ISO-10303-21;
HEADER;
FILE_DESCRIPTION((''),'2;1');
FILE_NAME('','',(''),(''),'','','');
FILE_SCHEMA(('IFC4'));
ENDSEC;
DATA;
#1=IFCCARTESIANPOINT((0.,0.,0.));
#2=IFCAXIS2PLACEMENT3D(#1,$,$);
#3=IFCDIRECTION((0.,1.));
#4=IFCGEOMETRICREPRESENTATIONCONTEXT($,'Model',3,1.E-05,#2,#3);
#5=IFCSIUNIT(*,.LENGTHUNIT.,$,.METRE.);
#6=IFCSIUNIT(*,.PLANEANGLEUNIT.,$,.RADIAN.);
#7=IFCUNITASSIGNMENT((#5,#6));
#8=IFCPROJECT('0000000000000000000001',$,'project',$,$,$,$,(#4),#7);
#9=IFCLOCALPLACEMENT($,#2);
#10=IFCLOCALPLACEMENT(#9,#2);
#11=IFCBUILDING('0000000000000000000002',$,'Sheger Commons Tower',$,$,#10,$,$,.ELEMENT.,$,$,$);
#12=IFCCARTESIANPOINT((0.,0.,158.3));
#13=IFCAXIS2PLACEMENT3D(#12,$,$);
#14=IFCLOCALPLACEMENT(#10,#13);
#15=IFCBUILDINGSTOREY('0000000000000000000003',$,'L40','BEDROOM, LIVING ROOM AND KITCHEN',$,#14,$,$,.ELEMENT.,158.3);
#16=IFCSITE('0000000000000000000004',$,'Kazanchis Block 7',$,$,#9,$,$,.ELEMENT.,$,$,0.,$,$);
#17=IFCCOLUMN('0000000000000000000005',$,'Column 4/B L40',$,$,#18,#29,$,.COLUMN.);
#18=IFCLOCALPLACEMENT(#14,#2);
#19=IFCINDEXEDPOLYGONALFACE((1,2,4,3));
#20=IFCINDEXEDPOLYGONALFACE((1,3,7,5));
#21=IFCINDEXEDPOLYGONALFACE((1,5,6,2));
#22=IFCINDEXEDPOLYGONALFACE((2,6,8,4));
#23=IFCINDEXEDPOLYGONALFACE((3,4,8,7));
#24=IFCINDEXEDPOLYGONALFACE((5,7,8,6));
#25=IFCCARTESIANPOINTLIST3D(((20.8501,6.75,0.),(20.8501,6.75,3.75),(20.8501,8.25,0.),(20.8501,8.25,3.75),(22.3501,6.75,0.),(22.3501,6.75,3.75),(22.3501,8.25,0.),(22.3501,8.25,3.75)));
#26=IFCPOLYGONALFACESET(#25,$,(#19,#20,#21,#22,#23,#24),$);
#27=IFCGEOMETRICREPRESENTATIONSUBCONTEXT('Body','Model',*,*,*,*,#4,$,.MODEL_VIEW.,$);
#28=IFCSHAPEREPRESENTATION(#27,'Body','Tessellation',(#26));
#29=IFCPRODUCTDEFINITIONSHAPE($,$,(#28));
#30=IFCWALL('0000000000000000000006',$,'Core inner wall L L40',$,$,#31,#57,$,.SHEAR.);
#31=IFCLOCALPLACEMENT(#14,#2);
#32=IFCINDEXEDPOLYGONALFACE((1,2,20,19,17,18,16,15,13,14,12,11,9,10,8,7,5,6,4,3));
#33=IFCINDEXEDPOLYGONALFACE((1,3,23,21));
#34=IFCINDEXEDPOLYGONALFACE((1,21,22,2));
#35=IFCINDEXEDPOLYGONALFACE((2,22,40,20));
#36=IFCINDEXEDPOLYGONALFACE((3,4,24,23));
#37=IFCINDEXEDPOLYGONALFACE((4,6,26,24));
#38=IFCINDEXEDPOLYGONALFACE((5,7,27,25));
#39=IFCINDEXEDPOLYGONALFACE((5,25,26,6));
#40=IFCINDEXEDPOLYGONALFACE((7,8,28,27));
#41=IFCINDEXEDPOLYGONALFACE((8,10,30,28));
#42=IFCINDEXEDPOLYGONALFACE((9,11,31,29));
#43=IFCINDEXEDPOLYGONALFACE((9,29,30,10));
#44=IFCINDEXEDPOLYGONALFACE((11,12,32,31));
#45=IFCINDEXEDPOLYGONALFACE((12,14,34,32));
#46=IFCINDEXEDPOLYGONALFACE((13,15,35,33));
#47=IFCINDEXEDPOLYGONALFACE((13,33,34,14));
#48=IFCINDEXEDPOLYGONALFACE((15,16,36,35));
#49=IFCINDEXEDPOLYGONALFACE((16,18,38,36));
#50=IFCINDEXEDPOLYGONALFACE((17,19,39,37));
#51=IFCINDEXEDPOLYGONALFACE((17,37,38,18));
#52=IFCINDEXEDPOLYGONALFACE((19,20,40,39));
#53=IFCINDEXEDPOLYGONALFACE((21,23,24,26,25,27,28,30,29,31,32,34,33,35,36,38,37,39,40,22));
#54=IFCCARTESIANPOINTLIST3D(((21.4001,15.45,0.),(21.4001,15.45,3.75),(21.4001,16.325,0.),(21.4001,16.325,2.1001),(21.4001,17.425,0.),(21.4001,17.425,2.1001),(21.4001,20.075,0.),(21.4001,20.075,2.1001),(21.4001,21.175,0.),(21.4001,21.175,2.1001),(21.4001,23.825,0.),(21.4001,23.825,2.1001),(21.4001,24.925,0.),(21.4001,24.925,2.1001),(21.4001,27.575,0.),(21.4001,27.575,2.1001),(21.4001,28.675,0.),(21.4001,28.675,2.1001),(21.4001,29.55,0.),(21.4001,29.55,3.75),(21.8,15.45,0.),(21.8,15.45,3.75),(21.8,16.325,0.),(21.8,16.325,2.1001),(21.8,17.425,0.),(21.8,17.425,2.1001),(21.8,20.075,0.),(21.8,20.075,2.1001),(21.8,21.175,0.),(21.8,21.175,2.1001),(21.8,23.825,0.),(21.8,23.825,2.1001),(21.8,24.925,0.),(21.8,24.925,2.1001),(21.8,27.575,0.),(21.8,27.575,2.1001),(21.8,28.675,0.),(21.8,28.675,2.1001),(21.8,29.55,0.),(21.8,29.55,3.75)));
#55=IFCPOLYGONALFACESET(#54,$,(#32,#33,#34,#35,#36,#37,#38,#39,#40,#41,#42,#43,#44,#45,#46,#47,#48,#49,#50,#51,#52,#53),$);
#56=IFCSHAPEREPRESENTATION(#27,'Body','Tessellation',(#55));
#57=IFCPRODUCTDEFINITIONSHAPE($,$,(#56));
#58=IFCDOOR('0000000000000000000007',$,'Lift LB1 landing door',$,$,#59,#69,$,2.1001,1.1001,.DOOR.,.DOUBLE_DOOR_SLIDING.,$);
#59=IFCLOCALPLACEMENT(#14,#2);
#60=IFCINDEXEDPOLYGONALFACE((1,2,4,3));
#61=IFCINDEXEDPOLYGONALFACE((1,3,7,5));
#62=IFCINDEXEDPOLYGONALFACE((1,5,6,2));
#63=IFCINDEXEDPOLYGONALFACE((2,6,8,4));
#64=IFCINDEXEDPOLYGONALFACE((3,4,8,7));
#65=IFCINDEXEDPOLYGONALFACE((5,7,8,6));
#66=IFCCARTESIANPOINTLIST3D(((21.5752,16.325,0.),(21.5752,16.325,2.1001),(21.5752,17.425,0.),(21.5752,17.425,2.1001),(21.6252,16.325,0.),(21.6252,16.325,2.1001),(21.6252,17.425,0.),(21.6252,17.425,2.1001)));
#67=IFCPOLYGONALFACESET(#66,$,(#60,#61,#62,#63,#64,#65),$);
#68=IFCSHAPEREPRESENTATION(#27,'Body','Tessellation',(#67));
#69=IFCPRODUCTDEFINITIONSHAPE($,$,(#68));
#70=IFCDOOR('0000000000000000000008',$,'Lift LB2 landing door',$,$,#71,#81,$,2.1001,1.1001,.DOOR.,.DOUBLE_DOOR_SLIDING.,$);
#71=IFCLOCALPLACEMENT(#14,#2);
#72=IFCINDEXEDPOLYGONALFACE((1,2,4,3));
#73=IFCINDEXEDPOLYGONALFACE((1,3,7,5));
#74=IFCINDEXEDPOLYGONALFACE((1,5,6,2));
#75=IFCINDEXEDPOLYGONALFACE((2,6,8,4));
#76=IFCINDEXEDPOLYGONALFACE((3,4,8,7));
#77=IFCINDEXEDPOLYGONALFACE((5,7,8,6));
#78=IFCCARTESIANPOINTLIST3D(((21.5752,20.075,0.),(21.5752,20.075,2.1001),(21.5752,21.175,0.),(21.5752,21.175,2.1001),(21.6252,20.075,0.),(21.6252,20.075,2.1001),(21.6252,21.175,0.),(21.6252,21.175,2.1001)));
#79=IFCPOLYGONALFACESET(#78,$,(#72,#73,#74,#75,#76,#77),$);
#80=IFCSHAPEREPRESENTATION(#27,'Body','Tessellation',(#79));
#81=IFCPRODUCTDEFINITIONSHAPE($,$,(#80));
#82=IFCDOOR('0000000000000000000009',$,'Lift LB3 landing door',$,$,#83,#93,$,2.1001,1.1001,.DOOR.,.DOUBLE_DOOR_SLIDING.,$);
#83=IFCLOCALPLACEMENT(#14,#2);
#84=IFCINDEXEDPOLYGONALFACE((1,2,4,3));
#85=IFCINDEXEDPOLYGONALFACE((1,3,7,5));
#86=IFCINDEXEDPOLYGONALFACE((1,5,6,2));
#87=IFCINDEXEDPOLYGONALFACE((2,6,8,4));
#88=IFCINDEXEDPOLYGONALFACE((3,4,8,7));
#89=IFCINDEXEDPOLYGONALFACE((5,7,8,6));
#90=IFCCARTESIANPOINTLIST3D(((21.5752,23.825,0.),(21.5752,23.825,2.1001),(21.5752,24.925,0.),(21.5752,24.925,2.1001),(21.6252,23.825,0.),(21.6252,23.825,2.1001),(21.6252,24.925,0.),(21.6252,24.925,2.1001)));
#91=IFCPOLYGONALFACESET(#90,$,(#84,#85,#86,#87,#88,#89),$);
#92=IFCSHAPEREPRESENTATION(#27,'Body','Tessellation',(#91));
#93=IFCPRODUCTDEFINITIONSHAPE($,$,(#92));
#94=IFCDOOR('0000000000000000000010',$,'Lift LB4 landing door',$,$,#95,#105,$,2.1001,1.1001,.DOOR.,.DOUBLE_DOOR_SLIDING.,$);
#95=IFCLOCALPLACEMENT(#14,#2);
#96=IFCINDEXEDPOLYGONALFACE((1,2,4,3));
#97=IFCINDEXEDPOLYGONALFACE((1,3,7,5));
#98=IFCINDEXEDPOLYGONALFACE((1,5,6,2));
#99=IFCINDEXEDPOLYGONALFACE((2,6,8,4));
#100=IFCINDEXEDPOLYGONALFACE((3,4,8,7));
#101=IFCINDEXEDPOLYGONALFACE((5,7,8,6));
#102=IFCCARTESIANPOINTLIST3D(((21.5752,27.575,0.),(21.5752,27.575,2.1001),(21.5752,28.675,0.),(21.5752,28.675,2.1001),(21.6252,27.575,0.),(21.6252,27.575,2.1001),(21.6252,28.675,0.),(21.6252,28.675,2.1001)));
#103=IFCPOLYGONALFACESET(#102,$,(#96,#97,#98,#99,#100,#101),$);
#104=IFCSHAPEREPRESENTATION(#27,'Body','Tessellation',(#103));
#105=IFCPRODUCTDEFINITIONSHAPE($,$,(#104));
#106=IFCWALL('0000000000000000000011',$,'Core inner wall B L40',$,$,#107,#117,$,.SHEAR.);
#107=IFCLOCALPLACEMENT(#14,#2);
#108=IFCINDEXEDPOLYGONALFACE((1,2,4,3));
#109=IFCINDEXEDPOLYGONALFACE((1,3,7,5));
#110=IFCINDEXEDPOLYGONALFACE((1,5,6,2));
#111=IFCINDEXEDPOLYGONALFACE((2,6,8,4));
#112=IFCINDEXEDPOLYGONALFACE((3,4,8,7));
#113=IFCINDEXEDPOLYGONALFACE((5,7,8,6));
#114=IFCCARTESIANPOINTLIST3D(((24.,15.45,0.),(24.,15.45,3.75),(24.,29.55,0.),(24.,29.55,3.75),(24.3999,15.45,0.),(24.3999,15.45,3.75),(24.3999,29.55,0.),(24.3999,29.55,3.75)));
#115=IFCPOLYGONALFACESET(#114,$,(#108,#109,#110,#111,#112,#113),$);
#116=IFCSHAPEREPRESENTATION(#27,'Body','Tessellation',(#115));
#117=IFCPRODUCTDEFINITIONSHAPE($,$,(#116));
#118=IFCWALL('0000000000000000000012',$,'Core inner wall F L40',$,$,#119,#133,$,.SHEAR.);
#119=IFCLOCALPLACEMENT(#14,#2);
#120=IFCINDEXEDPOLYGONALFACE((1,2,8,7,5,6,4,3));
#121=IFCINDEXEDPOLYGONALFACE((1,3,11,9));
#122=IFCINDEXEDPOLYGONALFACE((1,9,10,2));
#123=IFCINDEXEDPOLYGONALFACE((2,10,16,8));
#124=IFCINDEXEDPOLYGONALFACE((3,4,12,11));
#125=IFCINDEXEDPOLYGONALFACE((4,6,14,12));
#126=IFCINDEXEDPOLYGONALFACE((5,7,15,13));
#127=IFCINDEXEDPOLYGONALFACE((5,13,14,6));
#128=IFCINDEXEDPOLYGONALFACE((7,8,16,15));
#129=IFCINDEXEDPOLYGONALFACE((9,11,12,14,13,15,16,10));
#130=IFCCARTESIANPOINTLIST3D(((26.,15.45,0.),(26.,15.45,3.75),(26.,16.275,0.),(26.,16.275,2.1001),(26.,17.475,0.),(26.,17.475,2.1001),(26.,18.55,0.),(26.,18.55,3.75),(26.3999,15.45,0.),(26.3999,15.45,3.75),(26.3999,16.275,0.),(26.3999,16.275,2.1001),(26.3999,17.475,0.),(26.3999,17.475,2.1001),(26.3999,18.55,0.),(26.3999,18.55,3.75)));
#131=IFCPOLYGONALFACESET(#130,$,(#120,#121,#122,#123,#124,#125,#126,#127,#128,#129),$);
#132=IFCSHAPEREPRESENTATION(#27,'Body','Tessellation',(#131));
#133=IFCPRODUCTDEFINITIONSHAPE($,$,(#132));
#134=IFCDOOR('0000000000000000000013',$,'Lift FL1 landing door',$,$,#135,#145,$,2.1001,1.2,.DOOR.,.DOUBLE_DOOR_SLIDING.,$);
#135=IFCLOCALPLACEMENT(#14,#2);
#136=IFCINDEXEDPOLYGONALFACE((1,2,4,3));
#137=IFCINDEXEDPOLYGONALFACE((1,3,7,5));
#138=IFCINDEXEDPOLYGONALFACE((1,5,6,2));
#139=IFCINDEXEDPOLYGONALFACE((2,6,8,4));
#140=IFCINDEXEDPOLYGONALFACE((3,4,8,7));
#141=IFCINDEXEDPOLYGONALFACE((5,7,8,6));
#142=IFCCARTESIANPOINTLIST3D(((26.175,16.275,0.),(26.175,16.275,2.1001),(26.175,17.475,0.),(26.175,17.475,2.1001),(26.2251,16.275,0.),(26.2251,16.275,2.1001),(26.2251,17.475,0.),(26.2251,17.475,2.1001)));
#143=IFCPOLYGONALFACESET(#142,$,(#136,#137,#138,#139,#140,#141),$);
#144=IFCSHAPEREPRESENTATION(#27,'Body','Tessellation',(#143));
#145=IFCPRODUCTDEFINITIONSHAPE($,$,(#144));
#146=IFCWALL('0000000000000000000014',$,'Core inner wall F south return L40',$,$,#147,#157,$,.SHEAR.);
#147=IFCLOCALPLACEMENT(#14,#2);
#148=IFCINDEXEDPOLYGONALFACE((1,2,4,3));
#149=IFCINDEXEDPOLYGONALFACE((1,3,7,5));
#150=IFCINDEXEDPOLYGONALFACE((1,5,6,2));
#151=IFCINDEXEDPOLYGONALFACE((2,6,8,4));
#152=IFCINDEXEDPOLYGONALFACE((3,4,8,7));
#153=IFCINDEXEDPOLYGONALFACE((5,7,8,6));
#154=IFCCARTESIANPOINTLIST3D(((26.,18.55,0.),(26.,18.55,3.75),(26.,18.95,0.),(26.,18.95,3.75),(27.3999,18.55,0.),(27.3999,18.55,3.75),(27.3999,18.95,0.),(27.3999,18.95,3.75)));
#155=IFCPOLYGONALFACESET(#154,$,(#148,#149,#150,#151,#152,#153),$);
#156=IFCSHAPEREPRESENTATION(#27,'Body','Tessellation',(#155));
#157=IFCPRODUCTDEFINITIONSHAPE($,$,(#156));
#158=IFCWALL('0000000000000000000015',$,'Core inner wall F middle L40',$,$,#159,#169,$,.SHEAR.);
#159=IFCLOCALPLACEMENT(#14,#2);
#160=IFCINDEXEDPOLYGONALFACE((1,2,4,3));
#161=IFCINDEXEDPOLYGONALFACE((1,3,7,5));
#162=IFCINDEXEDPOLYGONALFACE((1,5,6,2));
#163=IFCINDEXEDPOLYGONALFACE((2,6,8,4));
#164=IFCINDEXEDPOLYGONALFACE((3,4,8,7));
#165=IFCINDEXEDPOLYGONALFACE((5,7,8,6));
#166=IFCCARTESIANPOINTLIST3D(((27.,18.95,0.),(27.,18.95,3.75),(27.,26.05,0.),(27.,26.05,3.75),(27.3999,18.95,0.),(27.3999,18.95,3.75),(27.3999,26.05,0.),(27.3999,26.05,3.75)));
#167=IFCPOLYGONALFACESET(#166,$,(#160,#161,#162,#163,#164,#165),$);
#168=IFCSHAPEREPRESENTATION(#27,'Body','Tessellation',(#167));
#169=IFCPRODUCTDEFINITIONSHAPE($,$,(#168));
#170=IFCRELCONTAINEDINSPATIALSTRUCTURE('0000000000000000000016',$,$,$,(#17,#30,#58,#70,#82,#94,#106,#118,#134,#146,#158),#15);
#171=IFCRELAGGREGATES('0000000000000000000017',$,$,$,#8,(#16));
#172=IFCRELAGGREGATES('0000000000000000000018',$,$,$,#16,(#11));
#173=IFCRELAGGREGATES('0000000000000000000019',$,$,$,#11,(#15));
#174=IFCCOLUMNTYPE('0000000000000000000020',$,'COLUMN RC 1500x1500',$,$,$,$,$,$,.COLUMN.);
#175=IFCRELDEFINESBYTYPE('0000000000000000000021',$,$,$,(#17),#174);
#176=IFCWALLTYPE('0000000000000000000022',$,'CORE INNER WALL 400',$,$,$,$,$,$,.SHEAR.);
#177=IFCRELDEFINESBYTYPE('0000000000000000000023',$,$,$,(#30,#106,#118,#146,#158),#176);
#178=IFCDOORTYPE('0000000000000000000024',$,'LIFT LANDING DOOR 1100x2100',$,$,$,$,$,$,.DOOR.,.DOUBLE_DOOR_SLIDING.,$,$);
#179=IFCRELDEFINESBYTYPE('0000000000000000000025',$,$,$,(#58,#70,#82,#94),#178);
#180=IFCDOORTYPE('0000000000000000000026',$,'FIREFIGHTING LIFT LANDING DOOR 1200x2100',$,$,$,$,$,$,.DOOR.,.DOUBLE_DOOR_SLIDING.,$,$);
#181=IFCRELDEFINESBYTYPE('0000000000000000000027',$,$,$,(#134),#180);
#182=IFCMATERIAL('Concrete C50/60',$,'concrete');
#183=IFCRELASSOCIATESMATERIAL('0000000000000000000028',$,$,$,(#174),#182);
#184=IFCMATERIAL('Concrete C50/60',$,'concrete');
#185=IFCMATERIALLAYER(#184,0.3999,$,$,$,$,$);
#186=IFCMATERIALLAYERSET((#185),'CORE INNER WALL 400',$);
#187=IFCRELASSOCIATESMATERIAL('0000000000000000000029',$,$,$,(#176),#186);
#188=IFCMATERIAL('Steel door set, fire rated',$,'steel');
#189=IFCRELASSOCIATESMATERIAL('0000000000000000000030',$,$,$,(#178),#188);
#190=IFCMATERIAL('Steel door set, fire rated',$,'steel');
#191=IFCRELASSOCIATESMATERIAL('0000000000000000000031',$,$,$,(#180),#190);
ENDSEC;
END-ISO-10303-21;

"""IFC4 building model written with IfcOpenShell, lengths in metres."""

from ifc_helpers import new_model, si_unit, direction, frame, frame_2d, origin, origin_2d, place, context, subcontext, project, spatial, rectangle, extrude, material, layer, layer_set, material_profile, profile_set, type_object, element, fill, save


model = new_model("IFC4")

# Units and contexts
model_context = context("Model", 3, precision=1e-05, world=origin(), true_north=direction((0.0, 1.0)))
body_context = subcontext(model_context, "Body", "Model", "MODEL_VIEW")
ifc_project = project(units=[si_unit("LENGTHUNIT", "METRE"), si_unit("PLANEANGLEUNIT", "RADIAN")], contexts=[model_context])

# Site, building, storey
site_placement = place(None, origin())
site = spatial("IfcSite", under=ifc_project, at=site_placement, Name="Kazanchis Block 7", CompositionType="ELEMENT", RefElevation=0.0)
building_placement = place(site_placement, origin())
building = spatial("IfcBuilding", under=site, at=building_placement, Name="Sheger Commons Tower", CompositionType="ELEMENT")
storey_placement = place(building_placement, frame((0.0, 0.0, 158.3)))
storey = spatial("IfcBuildingStorey", under=building, at=storey_placement, Name="L40", Description="BEDROOM, LIVING ROOM AND KITCHEN", CompositionType="ELEMENT", Elevation=158.3)

# Column
ifc_material_1 = material(Name="Concrete C50/60", Category="concrete")
ifc_material_profile = material_profile(ifc_material_1, rectangle(XDim=1.5, YDim=1.5, at=origin_2d()), Name="RC 1500x1500")
ifc_profile_set = profile_set([ifc_material_profile], Name="Concrete C50/60")
column_type = type_object("IfcColumnType", Name="COLUMN RC 1500x1500", PredefinedType="COLUMN", material=ifc_profile_set)
column_placement = place(storey_placement, frame((21.6001, 7.5, 0.0), z_axis=(0.0, 0.0, 1.0), x_axis=(1.0, 0.0, 0.0)))
element("IfcColumn", 1, at=column_placement, inside=storey, type_object=column_type, Name="Column 4/B L40", PredefinedType="COLUMN", context=body_context, shape_type="SweptSolid", body=[
    extrude(rectangle(XDim=1.5, YDim=1.5, at=origin_2d()), origin(), (0.0, 0.0, 1.0), 3.75),
])

# Wall, openings, doors
ifc_material_2 = material(Name="Concrete C50/60", Category="concrete")
ifc_layer_1 = layer(ifc_material_2, 0.3999)
ifc_layer_set_1 = layer_set([ifc_layer_1], Name="CORE INNER WALL 400")
wall_type_1 = type_object("IfcWallType", Name="CORE INNER WALL 400", PredefinedType="SHEAR", material=ifc_layer_set_1)
wall_1_placement = place(storey_placement, frame((21.6001, 15.45, 0.0), z_axis=(0.0, 0.0, 1.0), x_axis=(0.0, 1.0, 0.0)))
wall_1 = element("IfcWall", 2, at=wall_1_placement, inside=storey, type_object=wall_type_1, Name="Core inner wall L L40", PredefinedType="SHEAR", context=body_context, shape_type="SweptSolid", body=[
    extrude(rectangle(XDim=14.1001, YDim=0.3999, at=frame_2d((7.05, 0.0))), origin(), (0.0, 0.0, 1.0), 3.75),
])
opening_1_placement = place(wall_1_placement, frame((0.875, 0.0, 0.0)))
opening_1 = element("IfcOpeningElement", 3, at=opening_1_placement, cuts=wall_1, PredefinedType="OPENING", context=body_context, shape_type="SweptSolid", body=[
    extrude(rectangle(XDim=1.1001, YDim=2.1001, at=frame_2d((0.55, 1.05))), frame((0.0, 0.21, 0.0), z_axis=(0.0, -1.0, 0.0), x_axis=(1.0, 0.0, 0.0)), (0.0, 0.0, 1.0), 0.4199),
])
opening_2_placement = place(wall_1_placement, frame((4.625, 0.0, 0.0)))
opening_2 = element("IfcOpeningElement", 4, at=opening_2_placement, cuts=wall_1, PredefinedType="OPENING", context=body_context, shape_type="SweptSolid", body=[
    extrude(rectangle(XDim=1.1001, YDim=2.1001, at=frame_2d((0.55, 1.05))), frame((0.0, 0.21, 0.0), z_axis=(0.0, -1.0, 0.0), x_axis=(1.0, 0.0, 0.0)), (0.0, 0.0, 1.0), 0.4199),
])
opening_3_placement = place(wall_1_placement, frame((8.375, 0.0, 0.0)))
opening_3 = element("IfcOpeningElement", 5, at=opening_3_placement, cuts=wall_1, PredefinedType="OPENING", context=body_context, shape_type="SweptSolid", body=[
    extrude(rectangle(XDim=1.1001, YDim=2.1001, at=frame_2d((0.55, 1.05))), frame((0.0, 0.21, 0.0), z_axis=(0.0, -1.0, 0.0), x_axis=(1.0, 0.0, 0.0)), (0.0, 0.0, 1.0), 0.4199),
])
opening_4_placement = place(wall_1_placement, frame((12.125, 0.0, 0.0)))
opening_4 = element("IfcOpeningElement", 6, at=opening_4_placement, cuts=wall_1, PredefinedType="OPENING", context=body_context, shape_type="SweptSolid", body=[
    extrude(rectangle(XDim=1.1001, YDim=2.1001, at=frame_2d((0.55, 1.05))), frame((0.0, 0.21, 0.0), z_axis=(0.0, -1.0, 0.0), x_axis=(1.0, 0.0, 0.0)), (0.0, 0.0, 1.0), 0.4199),
])
ifc_material_3 = material(Name="Steel door set, fire rated", Category="steel")
door_type_1 = type_object("IfcDoorType", Name="LIFT LANDING DOOR 1100x2100", OperationType="DOUBLE_DOOR_SLIDING", PredefinedType="DOOR", material=ifc_material_3)
door_1_placement = place(opening_1_placement, origin())
door_1 = element("IfcDoor", 7, at=door_1_placement, inside=storey, type_object=door_type_1, Name="Lift LB1 landing door", OperationType="DOUBLE_DOOR_SLIDING", OverallHeight=2.1001, OverallWidth=1.1001, PredefinedType="DOOR", context=body_context, shape_type="SweptSolid", body=[
    extrude(rectangle(XDim=1.1001, YDim=2.1001, at=frame_2d((0.55, 1.05))), frame((0.0, 0.0249, 0.0), z_axis=(0.0, -1.0, 0.0), x_axis=(1.0, 0.0, 0.0)), (0.0, 0.0, 1.0), 0.05),
])
fill(opening_1, door_1)
door_2_placement = place(opening_2_placement, origin())
door_2 = element("IfcDoor", 8, at=door_2_placement, inside=storey, type_object=door_type_1, Name="Lift LB2 landing door", OperationType="DOUBLE_DOOR_SLIDING", OverallHeight=2.1001, OverallWidth=1.1001, PredefinedType="DOOR", context=body_context, shape_type="SweptSolid", body=[
    extrude(rectangle(XDim=1.1001, YDim=2.1001, at=frame_2d((0.55, 1.05))), frame((0.0, 0.0249, 0.0), z_axis=(0.0, -1.0, 0.0), x_axis=(1.0, 0.0, 0.0)), (0.0, 0.0, 1.0), 0.05),
])
fill(opening_2, door_2)
door_3_placement = place(opening_3_placement, origin())
door_3 = element("IfcDoor", 9, at=door_3_placement, inside=storey, type_object=door_type_1, Name="Lift LB3 landing door", OperationType="DOUBLE_DOOR_SLIDING", OverallHeight=2.1001, OverallWidth=1.1001, PredefinedType="DOOR", context=body_context, shape_type="SweptSolid", body=[
    extrude(rectangle(XDim=1.1001, YDim=2.1001, at=frame_2d((0.55, 1.05))), frame((0.0, 0.0249, 0.0), z_axis=(0.0, -1.0, 0.0), x_axis=(1.0, 0.0, 0.0)), (0.0, 0.0, 1.0), 0.05),
])
fill(opening_3, door_3)
door_4_placement = place(opening_4_placement, origin())
door_4 = element("IfcDoor", 10, at=door_4_placement, inside=storey, type_object=door_type_1, Name="Lift LB4 landing door", OperationType="DOUBLE_DOOR_SLIDING", OverallHeight=2.1001, OverallWidth=1.1001, PredefinedType="DOOR", context=body_context, shape_type="SweptSolid", body=[
    extrude(rectangle(XDim=1.1001, YDim=2.1001, at=frame_2d((0.55, 1.05))), frame((0.0, 0.0249, 0.0), z_axis=(0.0, -1.0, 0.0), x_axis=(1.0, 0.0, 0.0)), (0.0, 0.0, 1.0), 0.05),
])
fill(opening_4, door_4)

# Wall
wall_2_placement = place(storey_placement, frame((24.2, 15.45, 0.0), z_axis=(0.0, 0.0, 1.0), x_axis=(0.0, 1.0, 0.0)))
element("IfcWall", 11, at=wall_2_placement, inside=storey, type_object=wall_type_1, Name="Core inner wall B L40", PredefinedType="SHEAR", context=body_context, shape_type="SweptSolid", body=[
    extrude(rectangle(XDim=14.1001, YDim=0.3999, at=frame_2d((7.05, 0.0))), origin(), (0.0, 0.0, 1.0), 3.75),
])

# Wall, opening, door
wall_3_placement = place(storey_placement, frame((26.2, 15.45, 0.0), z_axis=(0.0, 0.0, 1.0), x_axis=(0.0, 1.0, 0.0)))
wall_3 = element("IfcWall", 12, at=wall_3_placement, inside=storey, type_object=wall_type_1, Name="Core inner wall F L40", PredefinedType="SHEAR", context=body_context, shape_type="SweptSolid", body=[
    extrude(rectangle(XDim=3.1001, YDim=0.3999, at=frame_2d((1.55, 0.0))), origin(), (0.0, 0.0, 1.0), 3.75),
])
opening_5_placement = place(wall_3_placement, frame((0.825, 0.0, 0.0)))
opening_5 = element("IfcOpeningElement", 13, at=opening_5_placement, cuts=wall_3, PredefinedType="OPENING", context=body_context, shape_type="SweptSolid", body=[
    extrude(rectangle(XDim=1.2, YDim=2.1001, at=frame_2d((0.6001, 1.05))), frame((0.0, 0.21, 0.0), z_axis=(0.0, -1.0, 0.0), x_axis=(1.0, 0.0, 0.0)), (0.0, 0.0, 1.0), 0.4199),
])
ifc_material_4 = material(Name="Steel door set, fire rated", Category="steel")
door_type_2 = type_object("IfcDoorType", Name="FIREFIGHTING LIFT LANDING DOOR 1200x2100", OperationType="DOUBLE_DOOR_SLIDING", PredefinedType="DOOR", material=ifc_material_4)
door_5_placement = place(opening_5_placement, origin())
door_5 = element("IfcDoor", 14, at=door_5_placement, inside=storey, type_object=door_type_2, Name="Lift FL1 landing door", OperationType="DOUBLE_DOOR_SLIDING", OverallHeight=2.1001, OverallWidth=1.2, PredefinedType="DOOR", context=body_context, shape_type="SweptSolid", body=[
    extrude(rectangle(XDim=1.2, YDim=2.1001, at=frame_2d((0.6001, 1.05))), frame((0.0, 0.0249, 0.0), z_axis=(0.0, -1.0, 0.0), x_axis=(1.0, 0.0, 0.0)), (0.0, 0.0, 1.0), 0.05),
])
fill(opening_5, door_5)

# Walls
wall_4_placement = place(storey_placement, frame((26.0, 18.75, 0.0), z_axis=(0.0, 0.0, 1.0), x_axis=(1.0, 0.0, 0.0)))
element("IfcWall", 15, at=wall_4_placement, inside=storey, type_object=wall_type_1, Name="Core inner wall F south return L40", PredefinedType="SHEAR", context=body_context, shape_type="SweptSolid", body=[
    extrude(rectangle(XDim=1.3999, YDim=0.3999, at=frame_2d((0.7, 0.0))), origin(), (0.0, 0.0, 1.0), 3.75),
])
wall_5_placement = place(storey_placement, frame((27.2, 18.95, 0.0), z_axis=(0.0, 0.0, 1.0), x_axis=(0.0, 1.0, 0.0)))
element("IfcWall", 16, at=wall_5_placement, inside=storey, type_object=wall_type_1, Name="Core inner wall F middle L40", PredefinedType="SHEAR", context=body_context, shape_type="SweptSolid", body=[
    extrude(rectangle(XDim=7.1001, YDim=0.3999, at=frame_2d((3.55, 0.0))), origin(), (0.0, 0.0, 1.0), 3.75),
])

save(model, "model.ifc")
